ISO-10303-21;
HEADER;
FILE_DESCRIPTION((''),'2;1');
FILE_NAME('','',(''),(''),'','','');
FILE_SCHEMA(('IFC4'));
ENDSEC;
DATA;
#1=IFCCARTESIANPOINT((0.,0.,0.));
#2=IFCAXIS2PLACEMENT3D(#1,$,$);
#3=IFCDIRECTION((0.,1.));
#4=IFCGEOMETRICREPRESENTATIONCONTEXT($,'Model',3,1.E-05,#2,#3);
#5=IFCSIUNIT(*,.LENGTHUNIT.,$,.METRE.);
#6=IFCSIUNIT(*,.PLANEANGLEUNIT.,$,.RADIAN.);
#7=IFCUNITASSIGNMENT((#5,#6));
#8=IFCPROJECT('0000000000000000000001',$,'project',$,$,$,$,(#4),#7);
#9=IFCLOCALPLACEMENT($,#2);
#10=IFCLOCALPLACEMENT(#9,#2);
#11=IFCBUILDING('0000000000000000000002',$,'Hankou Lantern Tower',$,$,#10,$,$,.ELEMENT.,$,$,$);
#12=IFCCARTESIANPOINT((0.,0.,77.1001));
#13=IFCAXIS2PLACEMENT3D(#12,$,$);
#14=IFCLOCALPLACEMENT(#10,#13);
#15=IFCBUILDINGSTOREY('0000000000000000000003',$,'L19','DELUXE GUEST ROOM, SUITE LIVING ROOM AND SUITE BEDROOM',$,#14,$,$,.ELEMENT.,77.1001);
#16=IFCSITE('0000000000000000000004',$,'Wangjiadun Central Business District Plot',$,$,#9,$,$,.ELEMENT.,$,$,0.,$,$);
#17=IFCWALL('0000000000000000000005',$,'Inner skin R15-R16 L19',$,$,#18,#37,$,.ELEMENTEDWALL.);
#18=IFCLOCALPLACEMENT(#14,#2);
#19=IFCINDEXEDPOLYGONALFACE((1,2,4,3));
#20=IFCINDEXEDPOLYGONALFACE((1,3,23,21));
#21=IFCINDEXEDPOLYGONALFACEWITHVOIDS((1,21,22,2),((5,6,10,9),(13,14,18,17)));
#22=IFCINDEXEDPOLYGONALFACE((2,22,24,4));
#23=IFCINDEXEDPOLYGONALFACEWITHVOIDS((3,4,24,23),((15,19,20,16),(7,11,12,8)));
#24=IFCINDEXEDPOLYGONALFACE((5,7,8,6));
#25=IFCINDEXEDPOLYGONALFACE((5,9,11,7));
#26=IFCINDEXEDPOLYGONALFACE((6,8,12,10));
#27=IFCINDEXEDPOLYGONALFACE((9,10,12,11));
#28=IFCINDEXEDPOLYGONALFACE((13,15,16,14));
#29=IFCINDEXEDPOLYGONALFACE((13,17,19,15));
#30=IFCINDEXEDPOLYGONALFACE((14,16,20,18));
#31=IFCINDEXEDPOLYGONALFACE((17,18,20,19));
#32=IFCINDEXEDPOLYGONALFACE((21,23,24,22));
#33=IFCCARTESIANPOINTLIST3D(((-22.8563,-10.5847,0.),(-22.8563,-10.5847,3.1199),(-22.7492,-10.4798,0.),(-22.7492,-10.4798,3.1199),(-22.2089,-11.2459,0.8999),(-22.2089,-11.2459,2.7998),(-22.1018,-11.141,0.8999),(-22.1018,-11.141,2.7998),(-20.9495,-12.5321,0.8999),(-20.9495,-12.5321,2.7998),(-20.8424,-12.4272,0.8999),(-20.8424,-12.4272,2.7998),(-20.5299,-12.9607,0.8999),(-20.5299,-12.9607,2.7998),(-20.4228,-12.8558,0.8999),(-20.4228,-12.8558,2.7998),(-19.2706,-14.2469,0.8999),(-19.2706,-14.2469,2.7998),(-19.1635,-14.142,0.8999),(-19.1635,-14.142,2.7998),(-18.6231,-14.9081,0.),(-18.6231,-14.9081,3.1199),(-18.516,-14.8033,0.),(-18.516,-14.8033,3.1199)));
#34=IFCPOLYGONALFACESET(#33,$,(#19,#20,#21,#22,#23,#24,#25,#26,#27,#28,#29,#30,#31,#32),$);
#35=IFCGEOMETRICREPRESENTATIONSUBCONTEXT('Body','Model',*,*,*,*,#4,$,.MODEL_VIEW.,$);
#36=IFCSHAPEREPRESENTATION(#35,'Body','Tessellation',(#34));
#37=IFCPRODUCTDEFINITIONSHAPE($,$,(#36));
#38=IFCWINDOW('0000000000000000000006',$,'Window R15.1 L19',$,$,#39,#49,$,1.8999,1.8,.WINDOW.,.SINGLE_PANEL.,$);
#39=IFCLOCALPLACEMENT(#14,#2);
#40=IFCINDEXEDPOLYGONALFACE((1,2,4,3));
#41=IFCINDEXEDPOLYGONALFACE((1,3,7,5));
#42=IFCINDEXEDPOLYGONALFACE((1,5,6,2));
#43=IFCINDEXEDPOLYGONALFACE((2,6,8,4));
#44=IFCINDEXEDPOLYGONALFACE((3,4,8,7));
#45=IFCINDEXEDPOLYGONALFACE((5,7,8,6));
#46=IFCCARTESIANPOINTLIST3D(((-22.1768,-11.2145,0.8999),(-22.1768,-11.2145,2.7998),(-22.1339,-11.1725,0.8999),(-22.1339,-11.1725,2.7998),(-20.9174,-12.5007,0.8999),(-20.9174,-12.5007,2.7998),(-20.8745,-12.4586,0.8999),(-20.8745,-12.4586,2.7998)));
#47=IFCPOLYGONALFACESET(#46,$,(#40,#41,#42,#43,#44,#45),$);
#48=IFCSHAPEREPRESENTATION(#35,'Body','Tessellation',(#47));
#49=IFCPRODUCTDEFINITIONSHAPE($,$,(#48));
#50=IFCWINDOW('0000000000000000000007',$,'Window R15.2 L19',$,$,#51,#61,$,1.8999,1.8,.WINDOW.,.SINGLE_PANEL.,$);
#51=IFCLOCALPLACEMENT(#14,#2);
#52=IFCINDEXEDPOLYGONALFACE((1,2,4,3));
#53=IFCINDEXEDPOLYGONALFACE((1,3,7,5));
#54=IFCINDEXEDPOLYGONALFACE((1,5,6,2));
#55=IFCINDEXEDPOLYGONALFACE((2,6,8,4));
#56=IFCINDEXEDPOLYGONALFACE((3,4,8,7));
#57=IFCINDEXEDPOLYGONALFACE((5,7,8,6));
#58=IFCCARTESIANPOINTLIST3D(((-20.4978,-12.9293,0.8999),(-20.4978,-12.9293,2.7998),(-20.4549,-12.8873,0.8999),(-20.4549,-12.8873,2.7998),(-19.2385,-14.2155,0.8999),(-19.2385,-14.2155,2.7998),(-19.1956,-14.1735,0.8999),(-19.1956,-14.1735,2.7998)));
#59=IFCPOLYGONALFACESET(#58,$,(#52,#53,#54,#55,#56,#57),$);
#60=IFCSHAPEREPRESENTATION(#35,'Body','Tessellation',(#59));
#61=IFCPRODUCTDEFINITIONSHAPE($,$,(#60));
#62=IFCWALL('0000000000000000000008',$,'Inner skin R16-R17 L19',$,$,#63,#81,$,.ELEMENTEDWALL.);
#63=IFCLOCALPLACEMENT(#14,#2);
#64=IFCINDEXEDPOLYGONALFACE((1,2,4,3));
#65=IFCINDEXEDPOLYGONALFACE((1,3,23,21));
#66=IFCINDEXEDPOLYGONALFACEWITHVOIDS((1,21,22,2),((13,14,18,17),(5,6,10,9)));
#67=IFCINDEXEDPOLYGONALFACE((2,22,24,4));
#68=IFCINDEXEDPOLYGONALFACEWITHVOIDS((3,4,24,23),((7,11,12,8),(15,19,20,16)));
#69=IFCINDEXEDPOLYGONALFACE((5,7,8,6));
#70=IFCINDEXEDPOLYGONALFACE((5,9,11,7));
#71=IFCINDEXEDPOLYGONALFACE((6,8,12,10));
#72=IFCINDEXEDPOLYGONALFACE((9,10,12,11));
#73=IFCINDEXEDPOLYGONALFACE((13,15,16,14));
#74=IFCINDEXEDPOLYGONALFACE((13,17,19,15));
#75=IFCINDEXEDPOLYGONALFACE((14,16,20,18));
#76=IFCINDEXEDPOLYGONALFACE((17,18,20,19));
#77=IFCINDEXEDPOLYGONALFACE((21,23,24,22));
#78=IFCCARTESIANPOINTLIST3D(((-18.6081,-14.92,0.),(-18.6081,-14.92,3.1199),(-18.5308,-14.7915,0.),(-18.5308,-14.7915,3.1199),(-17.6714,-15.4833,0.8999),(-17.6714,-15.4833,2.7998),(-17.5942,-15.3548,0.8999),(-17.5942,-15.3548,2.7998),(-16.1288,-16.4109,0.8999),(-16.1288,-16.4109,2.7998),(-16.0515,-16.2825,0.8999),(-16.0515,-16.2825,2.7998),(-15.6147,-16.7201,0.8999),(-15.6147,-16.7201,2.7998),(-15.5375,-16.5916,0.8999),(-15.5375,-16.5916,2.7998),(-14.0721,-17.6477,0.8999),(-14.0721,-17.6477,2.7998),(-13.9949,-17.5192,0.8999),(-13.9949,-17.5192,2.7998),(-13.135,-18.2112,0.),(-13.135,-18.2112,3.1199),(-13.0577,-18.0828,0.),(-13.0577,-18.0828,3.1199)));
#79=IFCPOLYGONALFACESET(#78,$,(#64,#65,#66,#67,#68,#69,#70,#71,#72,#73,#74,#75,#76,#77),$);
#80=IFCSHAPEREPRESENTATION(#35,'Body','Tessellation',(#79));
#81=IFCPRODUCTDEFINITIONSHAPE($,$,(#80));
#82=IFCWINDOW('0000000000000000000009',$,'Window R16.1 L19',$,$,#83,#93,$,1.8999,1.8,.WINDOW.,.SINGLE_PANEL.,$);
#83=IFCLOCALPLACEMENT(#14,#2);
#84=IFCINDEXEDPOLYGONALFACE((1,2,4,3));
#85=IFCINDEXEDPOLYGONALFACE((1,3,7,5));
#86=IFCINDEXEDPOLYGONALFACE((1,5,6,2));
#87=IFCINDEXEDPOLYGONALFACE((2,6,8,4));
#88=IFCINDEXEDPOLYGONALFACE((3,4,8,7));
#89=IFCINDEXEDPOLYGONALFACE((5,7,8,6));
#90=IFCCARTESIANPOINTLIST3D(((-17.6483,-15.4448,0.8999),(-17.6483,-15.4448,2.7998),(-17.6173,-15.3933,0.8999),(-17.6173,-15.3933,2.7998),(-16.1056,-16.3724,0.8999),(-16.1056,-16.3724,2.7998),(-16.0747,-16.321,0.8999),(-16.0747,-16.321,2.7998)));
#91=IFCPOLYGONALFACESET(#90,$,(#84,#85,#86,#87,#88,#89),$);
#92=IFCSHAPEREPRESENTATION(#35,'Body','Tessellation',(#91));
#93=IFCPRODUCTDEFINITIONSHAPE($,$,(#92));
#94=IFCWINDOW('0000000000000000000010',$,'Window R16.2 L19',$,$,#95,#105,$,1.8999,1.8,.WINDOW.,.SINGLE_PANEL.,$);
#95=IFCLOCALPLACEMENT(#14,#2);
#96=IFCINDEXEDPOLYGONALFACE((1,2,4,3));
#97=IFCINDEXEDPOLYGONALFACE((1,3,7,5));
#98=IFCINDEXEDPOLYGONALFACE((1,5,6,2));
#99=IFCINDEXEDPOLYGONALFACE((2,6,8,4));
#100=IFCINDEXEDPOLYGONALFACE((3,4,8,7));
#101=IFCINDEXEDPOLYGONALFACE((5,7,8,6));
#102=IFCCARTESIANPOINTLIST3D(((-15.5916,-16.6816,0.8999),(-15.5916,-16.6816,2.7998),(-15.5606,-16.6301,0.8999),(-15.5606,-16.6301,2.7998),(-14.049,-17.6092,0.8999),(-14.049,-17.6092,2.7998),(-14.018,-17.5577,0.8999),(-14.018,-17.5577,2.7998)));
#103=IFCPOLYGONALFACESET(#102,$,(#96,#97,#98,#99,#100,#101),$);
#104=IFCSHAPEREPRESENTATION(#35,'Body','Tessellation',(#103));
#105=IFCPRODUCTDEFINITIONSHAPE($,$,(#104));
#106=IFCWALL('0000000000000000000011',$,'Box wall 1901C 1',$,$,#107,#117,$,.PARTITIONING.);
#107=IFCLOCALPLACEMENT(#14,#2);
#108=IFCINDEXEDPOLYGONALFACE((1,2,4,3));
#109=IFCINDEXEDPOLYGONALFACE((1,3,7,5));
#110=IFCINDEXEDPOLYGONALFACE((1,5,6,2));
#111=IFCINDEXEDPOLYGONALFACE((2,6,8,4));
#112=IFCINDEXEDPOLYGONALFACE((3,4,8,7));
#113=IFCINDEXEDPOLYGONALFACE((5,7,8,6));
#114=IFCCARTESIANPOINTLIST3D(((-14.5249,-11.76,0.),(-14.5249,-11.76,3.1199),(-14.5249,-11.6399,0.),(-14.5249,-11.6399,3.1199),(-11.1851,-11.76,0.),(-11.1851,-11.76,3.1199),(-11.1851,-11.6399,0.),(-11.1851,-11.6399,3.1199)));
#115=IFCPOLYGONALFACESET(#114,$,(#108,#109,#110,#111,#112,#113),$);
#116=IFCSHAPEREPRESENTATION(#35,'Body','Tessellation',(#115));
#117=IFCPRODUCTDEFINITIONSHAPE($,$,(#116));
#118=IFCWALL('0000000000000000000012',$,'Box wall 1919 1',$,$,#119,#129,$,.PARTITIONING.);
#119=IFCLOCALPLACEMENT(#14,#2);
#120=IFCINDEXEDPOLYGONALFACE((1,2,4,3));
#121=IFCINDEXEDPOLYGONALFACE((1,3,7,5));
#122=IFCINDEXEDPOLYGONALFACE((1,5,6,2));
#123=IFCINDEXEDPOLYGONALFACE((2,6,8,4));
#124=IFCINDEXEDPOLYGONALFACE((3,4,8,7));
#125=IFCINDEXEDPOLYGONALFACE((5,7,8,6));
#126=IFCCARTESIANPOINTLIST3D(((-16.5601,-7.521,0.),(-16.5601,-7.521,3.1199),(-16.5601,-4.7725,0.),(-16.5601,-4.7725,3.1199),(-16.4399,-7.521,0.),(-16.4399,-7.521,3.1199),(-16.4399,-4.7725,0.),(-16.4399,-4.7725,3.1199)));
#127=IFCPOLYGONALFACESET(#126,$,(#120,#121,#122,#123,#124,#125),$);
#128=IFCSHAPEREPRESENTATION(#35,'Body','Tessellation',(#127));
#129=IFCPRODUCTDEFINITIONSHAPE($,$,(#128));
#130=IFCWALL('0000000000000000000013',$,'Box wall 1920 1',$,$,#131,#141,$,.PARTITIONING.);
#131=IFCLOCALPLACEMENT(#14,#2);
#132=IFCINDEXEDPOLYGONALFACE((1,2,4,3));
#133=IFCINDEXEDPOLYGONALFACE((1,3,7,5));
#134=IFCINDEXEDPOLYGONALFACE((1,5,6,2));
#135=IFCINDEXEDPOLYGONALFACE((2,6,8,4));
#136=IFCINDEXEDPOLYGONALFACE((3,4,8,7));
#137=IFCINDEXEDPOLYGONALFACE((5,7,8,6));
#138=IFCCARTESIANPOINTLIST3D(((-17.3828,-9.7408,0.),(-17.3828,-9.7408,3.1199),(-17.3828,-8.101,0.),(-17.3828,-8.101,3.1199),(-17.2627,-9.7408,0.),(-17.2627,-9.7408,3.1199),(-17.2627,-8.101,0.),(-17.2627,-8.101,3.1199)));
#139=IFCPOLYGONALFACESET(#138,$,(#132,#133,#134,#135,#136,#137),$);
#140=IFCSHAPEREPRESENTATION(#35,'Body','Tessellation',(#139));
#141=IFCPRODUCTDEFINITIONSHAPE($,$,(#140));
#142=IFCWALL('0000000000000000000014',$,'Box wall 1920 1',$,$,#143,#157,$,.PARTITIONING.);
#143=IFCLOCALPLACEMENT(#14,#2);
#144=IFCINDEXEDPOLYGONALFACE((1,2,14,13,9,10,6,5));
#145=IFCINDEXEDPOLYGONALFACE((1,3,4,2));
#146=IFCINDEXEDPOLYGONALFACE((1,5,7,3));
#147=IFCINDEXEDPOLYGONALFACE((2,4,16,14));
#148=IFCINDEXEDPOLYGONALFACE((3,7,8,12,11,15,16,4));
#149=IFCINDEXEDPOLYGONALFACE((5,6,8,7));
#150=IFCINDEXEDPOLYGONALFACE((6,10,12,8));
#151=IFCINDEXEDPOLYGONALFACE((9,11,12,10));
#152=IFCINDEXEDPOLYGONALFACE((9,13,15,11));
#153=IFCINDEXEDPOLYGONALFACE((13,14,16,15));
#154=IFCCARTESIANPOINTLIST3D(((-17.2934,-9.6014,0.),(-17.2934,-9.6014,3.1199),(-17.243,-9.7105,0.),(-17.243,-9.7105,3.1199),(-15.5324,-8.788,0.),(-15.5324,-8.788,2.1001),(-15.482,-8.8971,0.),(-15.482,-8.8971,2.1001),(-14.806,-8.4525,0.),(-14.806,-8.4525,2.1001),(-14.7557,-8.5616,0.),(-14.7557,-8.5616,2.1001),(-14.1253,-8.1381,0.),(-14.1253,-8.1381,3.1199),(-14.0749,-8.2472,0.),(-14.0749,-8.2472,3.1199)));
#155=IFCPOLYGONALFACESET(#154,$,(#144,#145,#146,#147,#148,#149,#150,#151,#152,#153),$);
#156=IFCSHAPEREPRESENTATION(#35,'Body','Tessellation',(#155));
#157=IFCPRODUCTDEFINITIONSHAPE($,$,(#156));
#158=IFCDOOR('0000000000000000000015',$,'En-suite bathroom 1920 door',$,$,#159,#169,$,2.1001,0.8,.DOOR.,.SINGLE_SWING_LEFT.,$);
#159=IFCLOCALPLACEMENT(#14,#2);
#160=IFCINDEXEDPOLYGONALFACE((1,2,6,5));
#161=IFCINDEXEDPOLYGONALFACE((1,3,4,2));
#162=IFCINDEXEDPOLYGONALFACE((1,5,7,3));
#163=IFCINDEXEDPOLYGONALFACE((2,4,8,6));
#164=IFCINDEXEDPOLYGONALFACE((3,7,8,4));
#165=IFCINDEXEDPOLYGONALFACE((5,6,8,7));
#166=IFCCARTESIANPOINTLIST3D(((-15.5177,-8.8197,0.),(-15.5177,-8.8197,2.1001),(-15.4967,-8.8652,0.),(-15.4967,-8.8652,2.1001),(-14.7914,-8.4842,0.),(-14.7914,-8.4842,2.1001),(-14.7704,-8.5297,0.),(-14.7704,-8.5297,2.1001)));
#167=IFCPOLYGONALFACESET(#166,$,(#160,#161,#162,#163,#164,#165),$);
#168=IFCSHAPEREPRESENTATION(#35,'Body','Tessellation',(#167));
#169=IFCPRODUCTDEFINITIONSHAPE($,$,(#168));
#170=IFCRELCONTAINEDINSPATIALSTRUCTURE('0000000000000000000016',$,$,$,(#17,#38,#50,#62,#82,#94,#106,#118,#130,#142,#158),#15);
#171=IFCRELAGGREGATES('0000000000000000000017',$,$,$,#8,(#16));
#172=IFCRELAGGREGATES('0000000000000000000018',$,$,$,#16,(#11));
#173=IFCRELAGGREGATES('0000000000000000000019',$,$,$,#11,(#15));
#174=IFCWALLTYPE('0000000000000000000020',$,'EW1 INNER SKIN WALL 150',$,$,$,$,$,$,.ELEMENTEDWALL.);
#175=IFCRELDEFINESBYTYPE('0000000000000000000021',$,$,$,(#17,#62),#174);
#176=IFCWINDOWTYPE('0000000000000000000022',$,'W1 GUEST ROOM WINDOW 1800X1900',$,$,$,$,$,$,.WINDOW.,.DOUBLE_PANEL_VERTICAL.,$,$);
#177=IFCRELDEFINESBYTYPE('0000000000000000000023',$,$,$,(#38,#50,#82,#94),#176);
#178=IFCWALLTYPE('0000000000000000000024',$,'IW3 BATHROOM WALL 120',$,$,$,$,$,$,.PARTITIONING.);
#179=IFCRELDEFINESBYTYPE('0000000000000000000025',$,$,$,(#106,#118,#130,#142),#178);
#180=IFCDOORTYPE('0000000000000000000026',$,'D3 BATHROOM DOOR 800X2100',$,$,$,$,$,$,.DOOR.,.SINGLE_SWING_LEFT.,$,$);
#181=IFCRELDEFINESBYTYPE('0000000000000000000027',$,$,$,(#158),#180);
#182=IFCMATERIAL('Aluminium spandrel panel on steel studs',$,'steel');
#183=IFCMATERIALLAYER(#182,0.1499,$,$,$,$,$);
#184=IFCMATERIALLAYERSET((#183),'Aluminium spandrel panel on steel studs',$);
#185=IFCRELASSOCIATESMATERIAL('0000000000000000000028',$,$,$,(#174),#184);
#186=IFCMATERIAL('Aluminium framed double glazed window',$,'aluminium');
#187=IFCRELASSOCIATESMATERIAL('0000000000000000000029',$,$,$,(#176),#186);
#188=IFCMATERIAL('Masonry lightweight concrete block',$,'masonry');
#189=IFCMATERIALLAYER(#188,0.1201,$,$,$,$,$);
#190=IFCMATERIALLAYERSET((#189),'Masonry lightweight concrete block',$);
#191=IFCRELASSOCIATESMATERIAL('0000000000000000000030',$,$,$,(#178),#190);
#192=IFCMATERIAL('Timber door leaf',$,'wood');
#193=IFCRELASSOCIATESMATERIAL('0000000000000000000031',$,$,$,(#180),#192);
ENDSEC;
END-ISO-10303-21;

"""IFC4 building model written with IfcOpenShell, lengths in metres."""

from ifc_helpers import new_model, si_unit, direction, frame, frame_2d, origin, place, context, subcontext, project, spatial, rectangle, extrude, material, layer, layer_set, type_object, element, fill, save


model = new_model("IFC4")

# Units and contexts
model_context = context("Model", 3, precision=1e-05, world=origin(), true_north=direction((0.0, 1.0)))
body_context = subcontext(model_context, "Body", "Model", "MODEL_VIEW")
ifc_project = project(units=[si_unit("LENGTHUNIT", "METRE"), si_unit("PLANEANGLEUNIT", "RADIAN")], contexts=[model_context])

# Site, building, storey
site_placement = place(None, origin())
site = spatial("IfcSite", under=ifc_project, at=site_placement, Name="Wangjiadun Central Business District Plot", CompositionType="ELEMENT", RefElevation=0.0)
building_placement = place(site_placement, origin())
building = spatial("IfcBuilding", under=site, at=building_placement, Name="Hankou Lantern Tower", CompositionType="ELEMENT")
storey_placement = place(building_placement, frame((0.0, 0.0, 77.1001)))
storey = spatial("IfcBuildingStorey", under=building, at=storey_placement, Name="L19", Description="DELUXE GUEST ROOM, SUITE LIVING ROOM AND SUITE BEDROOM", CompositionType="ELEMENT", Elevation=77.1001)

# Walls, openings, windows
ifc_material_1 = material(Name="Aluminium spandrel panel on steel studs", Category="steel")
ifc_layer_1 = layer(ifc_material_1, 0.1499)
ifc_layer_set_1 = layer_set([ifc_layer_1], Name="Aluminium spandrel panel on steel studs")
wall_type_1 = type_object("IfcWallType", Name="EW1 INNER SKIN WALL 150", PredefinedType="ELEMENTEDWALL", material=ifc_layer_set_1)
wall_1_placement = place(storey_placement, frame((-22.8027, -10.5322, 0.0), z_axis=(0.0, 0.0, 1.0), x_axis=(0.699603, -0.714532, 0.0)))
wall_1 = element("IfcWall", 1, at=wall_1_placement, inside=storey, type_object=wall_type_1, Name="Inner skin R15-R16 L19", PredefinedType="ELEMENTEDWALL", context=body_context, shape_type="SweptSolid", body=[
    extrude(rectangle(XDim=6.0508, YDim=0.1499, at=frame_2d((3.0254, 0.0))), origin(), (0.0, 0.0, 1.0), 3.1199),
])
opening_1_placement = place(wall_1_placement, frame((0.9255, 0.0, 0.8999)))
opening_1 = element("IfcOpeningElement", 2, at=opening_1_placement, cuts=wall_1, PredefinedType="OPENING", context=body_context, shape_type="SweptSolid", body=[
    extrude(rectangle(XDim=1.8, YDim=1.8999, at=frame_2d((0.8999, 0.95))), frame((0.0, 0.085, 0.0), z_axis=(0.0, -1.0, 0.0), x_axis=(1.0, 0.0, 0.0)), (0.0, 0.0, 1.0), 0.1699),
])
opening_2_placement = place(wall_1_placement, frame((3.3254, 0.0, 0.8999)))
opening_2 = element("IfcOpeningElement", 3, at=opening_2_placement, cuts=wall_1, PredefinedType="OPENING", context=body_context, shape_type="SweptSolid", body=[
    extrude(rectangle(XDim=1.8, YDim=1.8999, at=frame_2d((0.8999, 0.95))), frame((0.0, 0.085, 0.0), z_axis=(0.0, -1.0, 0.0), x_axis=(1.0, 0.0, 0.0)), (0.0, 0.0, 1.0), 0.1699),
])
ifc_material_2 = material(Name="Aluminium framed double glazed window", Category="aluminium")
window_type = type_object("IfcWindowType", Name="W1 GUEST ROOM WINDOW 1800X1900", PartitioningType="DOUBLE_PANEL_VERTICAL", PredefinedType="WINDOW", material=ifc_material_2)
window_1_placement = place(opening_1_placement, origin())
window_1 = element("IfcWindow", 4, at=window_1_placement, inside=storey, type_object=window_type, Name="Window R15.1 L19", OverallHeight=1.8999, OverallWidth=1.8, PartitioningType="SINGLE_PANEL", PredefinedType="WINDOW", context=body_context, shape_type="SweptSolid", body=[
    extrude(rectangle(XDim=1.8, YDim=1.8999, at=frame_2d((0.8999, 0.95))), frame((0.0, 0.03, 0.0), z_axis=(0.0, -1.0, 0.0), x_axis=(1.0, 0.0, 0.0)), (0.0, 0.0, 1.0), 0.0601),
])
fill(opening_1, window_1)
window_2_placement = place(opening_2_placement, origin())
window_2 = element("IfcWindow", 5, at=window_2_placement, inside=storey, type_object=window_type, Name="Window R15.2 L19", OverallHeight=1.8999, OverallWidth=1.8, PartitioningType="SINGLE_PANEL", PredefinedType="WINDOW", context=body_context, shape_type="SweptSolid", body=[
    extrude(rectangle(XDim=1.8, YDim=1.8999, at=frame_2d((0.8999, 0.95))), frame((0.0, 0.03, 0.0), z_axis=(0.0, -1.0, 0.0), x_axis=(1.0, 0.0, 0.0)), (0.0, 0.0, 1.0), 0.0601),
])
fill(opening_2, window_2)
wall_2_placement = place(storey_placement, frame((-18.5696, -14.8557, 0.0), z_axis=(0.0, 0.0, 1.0), x_axis=(0.856983, -0.515344, 0.0)))
wall_2 = element("IfcWall", 6, at=wall_2_placement, inside=storey, type_object=wall_type_1, Name="Inner skin R16-R17 L19", PredefinedType="ELEMENTEDWALL", context=body_context, shape_type="SweptSolid", body=[
    extrude(rectangle(XDim=6.3865, YDim=0.1499, at=frame_2d((3.1934, 0.0))), origin(), (0.0, 0.0, 1.0), 3.1199),
])
opening_3_placement = place(wall_2_placement, frame((1.0933, 0.0, 0.8999)))
opening_3 = element("IfcOpeningElement", 7, at=opening_3_placement, cuts=wall_2, PredefinedType="OPENING", context=body_context, shape_type="SweptSolid", body=[
    extrude(rectangle(XDim=1.8, YDim=1.8999, at=frame_2d((0.8999, 0.95))), frame((0.0, 0.085, 0.0), z_axis=(0.0, -1.0, 0.0), x_axis=(1.0, 0.0, 0.0)), (0.0, 0.0, 1.0), 0.1699),
])
opening_4_placement = place(wall_2_placement, frame((3.4932, 0.0, 0.8999)))
opening_4 = element("IfcOpeningElement", 8, at=opening_4_placement, cuts=wall_2, PredefinedType="OPENING", context=body_context, shape_type="SweptSolid", body=[
    extrude(rectangle(XDim=1.8, YDim=1.8999, at=frame_2d((0.8999, 0.95))), frame((0.0, 0.085, 0.0), z_axis=(0.0, -1.0, 0.0), x_axis=(1.0, 0.0, 0.0)), (0.0, 0.0, 1.0), 0.1699),
])
window_3_placement = place(opening_3_placement, origin())
window_3 = element("IfcWindow", 9, at=window_3_placement, inside=storey, type_object=window_type, Name="Window R16.1 L19", OverallHeight=1.8999, OverallWidth=1.8, PartitioningType="SINGLE_PANEL", PredefinedType="WINDOW", context=body_context, shape_type="SweptSolid", body=[
    extrude(rectangle(XDim=1.8, YDim=1.8999, at=frame_2d((0.8999, 0.95))), frame((0.0, 0.03, 0.0), z_axis=(0.0, -1.0, 0.0), x_axis=(1.0, 0.0, 0.0)), (0.0, 0.0, 1.0), 0.0601),
])
fill(opening_3, window_3)
window_4_placement = place(opening_4_placement, origin())
window_4 = element("IfcWindow", 10, at=window_4_placement, inside=storey, type_object=window_type, Name="Window R16.2 L19", OverallHeight=1.8999, OverallWidth=1.8, PartitioningType="SINGLE_PANEL", PredefinedType="WINDOW", context=body_context, shape_type="SweptSolid", body=[
    extrude(rectangle(XDim=1.8, YDim=1.8999, at=frame_2d((0.8999, 0.95))), frame((0.0, 0.03, 0.0), z_axis=(0.0, -1.0, 0.0), x_axis=(1.0, 0.0, 0.0)), (0.0, 0.0, 1.0), 0.0601),
])
fill(opening_4, window_4)

# Walls
ifc_material_3 = material(Name="Masonry lightweight concrete block", Category="masonry")
ifc_layer_2 = layer(ifc_material_3, 0.1201)
ifc_layer_set_2 = layer_set([ifc_layer_2], Name="Masonry lightweight concrete block")
wall_type_2 = type_object("IfcWallType", Name="IW3 BATHROOM WALL 120", PredefinedType="PARTITIONING", material=ifc_layer_set_2)
wall_3_placement = place(storey_placement, frame((-14.5249, -11.7, 0.0), z_axis=(0.0, 0.0, 1.0), x_axis=(1.0, 0.0, 0.0)))
element("IfcWall", 11, at=wall_3_placement, inside=storey, type_object=wall_type_2, Name="Box wall 1901C 1", PredefinedType="PARTITIONING", context=body_context, shape_type="SweptSolid", body=[
    extrude(rectangle(XDim=3.3398, YDim=0.1201, at=frame_2d((1.6699, 0.0))), origin(), (0.0, 0.0, 1.0), 3.1199),
])
wall_4_placement = place(storey_placement, frame((-16.5, -7.521, 0.0), z_axis=(0.0, 0.0, 1.0), x_axis=(0.0, 1.0, 0.0)))
element("IfcWall", 12, at=wall_4_placement, inside=storey, type_object=wall_type_2, Name="Box wall 1919 1", PredefinedType="PARTITIONING", context=body_context, shape_type="SweptSolid", body=[
    extrude(rectangle(XDim=2.7485, YDim=0.1201, at=frame_2d((1.3743, 0.0))), origin(), (0.0, 0.0, 1.0), 3.1199),
])
wall_5_placement = place(storey_placement, frame((-17.3228, -8.1011, 0.0), z_axis=(0.0, 0.0, 1.0), x_axis=(0.0, -1.0, 0.0)))
element("IfcWall", 13, at=wall_5_placement, inside=storey, type_object=wall_type_2, Name="Box wall 1920 1", PredefinedType="PARTITIONING", context=body_context, shape_type="SweptSolid", body=[
    extrude(rectangle(XDim=1.6399, YDim=0.1201, at=frame_2d((0.8198, 0.0))), origin(), (0.0, 0.0, 1.0), 3.1199),
])

# Wall, opening, door
wall_6_placement = place(storey_placement, frame((-14.1001, -8.1926, 0.0), z_axis=(0.0, 0.0, 1.0), x_axis=(-0.907836, -0.419324, 0.0)))
wall_6 = element("IfcWall", 14, at=wall_6_placement, inside=storey, type_object=wall_type_2, Name="Box wall 1920 1", PredefinedType="PARTITIONING", context=body_context, shape_type="SweptSolid", body=[
    extrude(rectangle(XDim=3.4897, YDim=0.1201, at=frame_2d((1.7449, 0.0))), origin(), (0.0, 0.0, 1.0), 3.1199),
])
opening_5_placement = place(wall_6_placement, frame((0.75, 0.0, 0.0)))
opening_5 = element("IfcOpeningElement", 15, at=opening_5_placement, cuts=wall_6, PredefinedType="OPENING", context=body_context, shape_type="SweptSolid", body=[
    extrude(rectangle(XDim=0.8, YDim=2.1001, at=frame_2d((0.3999, 1.05))), frame((0.0, 0.0701, 0.0), z_axis=(0.0, -1.0, 0.0), x_axis=(1.0, 0.0, 0.0)), (0.0, 0.0, 1.0), 0.1401),
])
ifc_material_4 = material(Name="Timber door leaf", Category="wood")
door_type = type_object("IfcDoorType", Name="D3 BATHROOM DOOR 800X2100", OperationType="SINGLE_SWING_LEFT", PredefinedType="DOOR", material=ifc_material_4)
door_placement = place(opening_5_placement, origin())
door = element("IfcDoor", 16, at=door_placement, inside=storey, type_object=door_type, Name="En-suite bathroom 1920 door", OperationType="SINGLE_SWING_LEFT", OverallHeight=2.1001, OverallWidth=0.8, PredefinedType="DOOR", context=body_context, shape_type="SweptSolid", body=[
    extrude(rectangle(XDim=0.8, YDim=2.1001, at=frame_2d((0.3999, 1.05))), frame((0.0, 0.0249, 0.0), z_axis=(0.0, -1.0, 0.0), x_axis=(1.0, 0.0, 0.0)), (0.0, 0.0, 1.0), 0.05),
])
fill(opening_5, door)

save(model, "model.ifc")
